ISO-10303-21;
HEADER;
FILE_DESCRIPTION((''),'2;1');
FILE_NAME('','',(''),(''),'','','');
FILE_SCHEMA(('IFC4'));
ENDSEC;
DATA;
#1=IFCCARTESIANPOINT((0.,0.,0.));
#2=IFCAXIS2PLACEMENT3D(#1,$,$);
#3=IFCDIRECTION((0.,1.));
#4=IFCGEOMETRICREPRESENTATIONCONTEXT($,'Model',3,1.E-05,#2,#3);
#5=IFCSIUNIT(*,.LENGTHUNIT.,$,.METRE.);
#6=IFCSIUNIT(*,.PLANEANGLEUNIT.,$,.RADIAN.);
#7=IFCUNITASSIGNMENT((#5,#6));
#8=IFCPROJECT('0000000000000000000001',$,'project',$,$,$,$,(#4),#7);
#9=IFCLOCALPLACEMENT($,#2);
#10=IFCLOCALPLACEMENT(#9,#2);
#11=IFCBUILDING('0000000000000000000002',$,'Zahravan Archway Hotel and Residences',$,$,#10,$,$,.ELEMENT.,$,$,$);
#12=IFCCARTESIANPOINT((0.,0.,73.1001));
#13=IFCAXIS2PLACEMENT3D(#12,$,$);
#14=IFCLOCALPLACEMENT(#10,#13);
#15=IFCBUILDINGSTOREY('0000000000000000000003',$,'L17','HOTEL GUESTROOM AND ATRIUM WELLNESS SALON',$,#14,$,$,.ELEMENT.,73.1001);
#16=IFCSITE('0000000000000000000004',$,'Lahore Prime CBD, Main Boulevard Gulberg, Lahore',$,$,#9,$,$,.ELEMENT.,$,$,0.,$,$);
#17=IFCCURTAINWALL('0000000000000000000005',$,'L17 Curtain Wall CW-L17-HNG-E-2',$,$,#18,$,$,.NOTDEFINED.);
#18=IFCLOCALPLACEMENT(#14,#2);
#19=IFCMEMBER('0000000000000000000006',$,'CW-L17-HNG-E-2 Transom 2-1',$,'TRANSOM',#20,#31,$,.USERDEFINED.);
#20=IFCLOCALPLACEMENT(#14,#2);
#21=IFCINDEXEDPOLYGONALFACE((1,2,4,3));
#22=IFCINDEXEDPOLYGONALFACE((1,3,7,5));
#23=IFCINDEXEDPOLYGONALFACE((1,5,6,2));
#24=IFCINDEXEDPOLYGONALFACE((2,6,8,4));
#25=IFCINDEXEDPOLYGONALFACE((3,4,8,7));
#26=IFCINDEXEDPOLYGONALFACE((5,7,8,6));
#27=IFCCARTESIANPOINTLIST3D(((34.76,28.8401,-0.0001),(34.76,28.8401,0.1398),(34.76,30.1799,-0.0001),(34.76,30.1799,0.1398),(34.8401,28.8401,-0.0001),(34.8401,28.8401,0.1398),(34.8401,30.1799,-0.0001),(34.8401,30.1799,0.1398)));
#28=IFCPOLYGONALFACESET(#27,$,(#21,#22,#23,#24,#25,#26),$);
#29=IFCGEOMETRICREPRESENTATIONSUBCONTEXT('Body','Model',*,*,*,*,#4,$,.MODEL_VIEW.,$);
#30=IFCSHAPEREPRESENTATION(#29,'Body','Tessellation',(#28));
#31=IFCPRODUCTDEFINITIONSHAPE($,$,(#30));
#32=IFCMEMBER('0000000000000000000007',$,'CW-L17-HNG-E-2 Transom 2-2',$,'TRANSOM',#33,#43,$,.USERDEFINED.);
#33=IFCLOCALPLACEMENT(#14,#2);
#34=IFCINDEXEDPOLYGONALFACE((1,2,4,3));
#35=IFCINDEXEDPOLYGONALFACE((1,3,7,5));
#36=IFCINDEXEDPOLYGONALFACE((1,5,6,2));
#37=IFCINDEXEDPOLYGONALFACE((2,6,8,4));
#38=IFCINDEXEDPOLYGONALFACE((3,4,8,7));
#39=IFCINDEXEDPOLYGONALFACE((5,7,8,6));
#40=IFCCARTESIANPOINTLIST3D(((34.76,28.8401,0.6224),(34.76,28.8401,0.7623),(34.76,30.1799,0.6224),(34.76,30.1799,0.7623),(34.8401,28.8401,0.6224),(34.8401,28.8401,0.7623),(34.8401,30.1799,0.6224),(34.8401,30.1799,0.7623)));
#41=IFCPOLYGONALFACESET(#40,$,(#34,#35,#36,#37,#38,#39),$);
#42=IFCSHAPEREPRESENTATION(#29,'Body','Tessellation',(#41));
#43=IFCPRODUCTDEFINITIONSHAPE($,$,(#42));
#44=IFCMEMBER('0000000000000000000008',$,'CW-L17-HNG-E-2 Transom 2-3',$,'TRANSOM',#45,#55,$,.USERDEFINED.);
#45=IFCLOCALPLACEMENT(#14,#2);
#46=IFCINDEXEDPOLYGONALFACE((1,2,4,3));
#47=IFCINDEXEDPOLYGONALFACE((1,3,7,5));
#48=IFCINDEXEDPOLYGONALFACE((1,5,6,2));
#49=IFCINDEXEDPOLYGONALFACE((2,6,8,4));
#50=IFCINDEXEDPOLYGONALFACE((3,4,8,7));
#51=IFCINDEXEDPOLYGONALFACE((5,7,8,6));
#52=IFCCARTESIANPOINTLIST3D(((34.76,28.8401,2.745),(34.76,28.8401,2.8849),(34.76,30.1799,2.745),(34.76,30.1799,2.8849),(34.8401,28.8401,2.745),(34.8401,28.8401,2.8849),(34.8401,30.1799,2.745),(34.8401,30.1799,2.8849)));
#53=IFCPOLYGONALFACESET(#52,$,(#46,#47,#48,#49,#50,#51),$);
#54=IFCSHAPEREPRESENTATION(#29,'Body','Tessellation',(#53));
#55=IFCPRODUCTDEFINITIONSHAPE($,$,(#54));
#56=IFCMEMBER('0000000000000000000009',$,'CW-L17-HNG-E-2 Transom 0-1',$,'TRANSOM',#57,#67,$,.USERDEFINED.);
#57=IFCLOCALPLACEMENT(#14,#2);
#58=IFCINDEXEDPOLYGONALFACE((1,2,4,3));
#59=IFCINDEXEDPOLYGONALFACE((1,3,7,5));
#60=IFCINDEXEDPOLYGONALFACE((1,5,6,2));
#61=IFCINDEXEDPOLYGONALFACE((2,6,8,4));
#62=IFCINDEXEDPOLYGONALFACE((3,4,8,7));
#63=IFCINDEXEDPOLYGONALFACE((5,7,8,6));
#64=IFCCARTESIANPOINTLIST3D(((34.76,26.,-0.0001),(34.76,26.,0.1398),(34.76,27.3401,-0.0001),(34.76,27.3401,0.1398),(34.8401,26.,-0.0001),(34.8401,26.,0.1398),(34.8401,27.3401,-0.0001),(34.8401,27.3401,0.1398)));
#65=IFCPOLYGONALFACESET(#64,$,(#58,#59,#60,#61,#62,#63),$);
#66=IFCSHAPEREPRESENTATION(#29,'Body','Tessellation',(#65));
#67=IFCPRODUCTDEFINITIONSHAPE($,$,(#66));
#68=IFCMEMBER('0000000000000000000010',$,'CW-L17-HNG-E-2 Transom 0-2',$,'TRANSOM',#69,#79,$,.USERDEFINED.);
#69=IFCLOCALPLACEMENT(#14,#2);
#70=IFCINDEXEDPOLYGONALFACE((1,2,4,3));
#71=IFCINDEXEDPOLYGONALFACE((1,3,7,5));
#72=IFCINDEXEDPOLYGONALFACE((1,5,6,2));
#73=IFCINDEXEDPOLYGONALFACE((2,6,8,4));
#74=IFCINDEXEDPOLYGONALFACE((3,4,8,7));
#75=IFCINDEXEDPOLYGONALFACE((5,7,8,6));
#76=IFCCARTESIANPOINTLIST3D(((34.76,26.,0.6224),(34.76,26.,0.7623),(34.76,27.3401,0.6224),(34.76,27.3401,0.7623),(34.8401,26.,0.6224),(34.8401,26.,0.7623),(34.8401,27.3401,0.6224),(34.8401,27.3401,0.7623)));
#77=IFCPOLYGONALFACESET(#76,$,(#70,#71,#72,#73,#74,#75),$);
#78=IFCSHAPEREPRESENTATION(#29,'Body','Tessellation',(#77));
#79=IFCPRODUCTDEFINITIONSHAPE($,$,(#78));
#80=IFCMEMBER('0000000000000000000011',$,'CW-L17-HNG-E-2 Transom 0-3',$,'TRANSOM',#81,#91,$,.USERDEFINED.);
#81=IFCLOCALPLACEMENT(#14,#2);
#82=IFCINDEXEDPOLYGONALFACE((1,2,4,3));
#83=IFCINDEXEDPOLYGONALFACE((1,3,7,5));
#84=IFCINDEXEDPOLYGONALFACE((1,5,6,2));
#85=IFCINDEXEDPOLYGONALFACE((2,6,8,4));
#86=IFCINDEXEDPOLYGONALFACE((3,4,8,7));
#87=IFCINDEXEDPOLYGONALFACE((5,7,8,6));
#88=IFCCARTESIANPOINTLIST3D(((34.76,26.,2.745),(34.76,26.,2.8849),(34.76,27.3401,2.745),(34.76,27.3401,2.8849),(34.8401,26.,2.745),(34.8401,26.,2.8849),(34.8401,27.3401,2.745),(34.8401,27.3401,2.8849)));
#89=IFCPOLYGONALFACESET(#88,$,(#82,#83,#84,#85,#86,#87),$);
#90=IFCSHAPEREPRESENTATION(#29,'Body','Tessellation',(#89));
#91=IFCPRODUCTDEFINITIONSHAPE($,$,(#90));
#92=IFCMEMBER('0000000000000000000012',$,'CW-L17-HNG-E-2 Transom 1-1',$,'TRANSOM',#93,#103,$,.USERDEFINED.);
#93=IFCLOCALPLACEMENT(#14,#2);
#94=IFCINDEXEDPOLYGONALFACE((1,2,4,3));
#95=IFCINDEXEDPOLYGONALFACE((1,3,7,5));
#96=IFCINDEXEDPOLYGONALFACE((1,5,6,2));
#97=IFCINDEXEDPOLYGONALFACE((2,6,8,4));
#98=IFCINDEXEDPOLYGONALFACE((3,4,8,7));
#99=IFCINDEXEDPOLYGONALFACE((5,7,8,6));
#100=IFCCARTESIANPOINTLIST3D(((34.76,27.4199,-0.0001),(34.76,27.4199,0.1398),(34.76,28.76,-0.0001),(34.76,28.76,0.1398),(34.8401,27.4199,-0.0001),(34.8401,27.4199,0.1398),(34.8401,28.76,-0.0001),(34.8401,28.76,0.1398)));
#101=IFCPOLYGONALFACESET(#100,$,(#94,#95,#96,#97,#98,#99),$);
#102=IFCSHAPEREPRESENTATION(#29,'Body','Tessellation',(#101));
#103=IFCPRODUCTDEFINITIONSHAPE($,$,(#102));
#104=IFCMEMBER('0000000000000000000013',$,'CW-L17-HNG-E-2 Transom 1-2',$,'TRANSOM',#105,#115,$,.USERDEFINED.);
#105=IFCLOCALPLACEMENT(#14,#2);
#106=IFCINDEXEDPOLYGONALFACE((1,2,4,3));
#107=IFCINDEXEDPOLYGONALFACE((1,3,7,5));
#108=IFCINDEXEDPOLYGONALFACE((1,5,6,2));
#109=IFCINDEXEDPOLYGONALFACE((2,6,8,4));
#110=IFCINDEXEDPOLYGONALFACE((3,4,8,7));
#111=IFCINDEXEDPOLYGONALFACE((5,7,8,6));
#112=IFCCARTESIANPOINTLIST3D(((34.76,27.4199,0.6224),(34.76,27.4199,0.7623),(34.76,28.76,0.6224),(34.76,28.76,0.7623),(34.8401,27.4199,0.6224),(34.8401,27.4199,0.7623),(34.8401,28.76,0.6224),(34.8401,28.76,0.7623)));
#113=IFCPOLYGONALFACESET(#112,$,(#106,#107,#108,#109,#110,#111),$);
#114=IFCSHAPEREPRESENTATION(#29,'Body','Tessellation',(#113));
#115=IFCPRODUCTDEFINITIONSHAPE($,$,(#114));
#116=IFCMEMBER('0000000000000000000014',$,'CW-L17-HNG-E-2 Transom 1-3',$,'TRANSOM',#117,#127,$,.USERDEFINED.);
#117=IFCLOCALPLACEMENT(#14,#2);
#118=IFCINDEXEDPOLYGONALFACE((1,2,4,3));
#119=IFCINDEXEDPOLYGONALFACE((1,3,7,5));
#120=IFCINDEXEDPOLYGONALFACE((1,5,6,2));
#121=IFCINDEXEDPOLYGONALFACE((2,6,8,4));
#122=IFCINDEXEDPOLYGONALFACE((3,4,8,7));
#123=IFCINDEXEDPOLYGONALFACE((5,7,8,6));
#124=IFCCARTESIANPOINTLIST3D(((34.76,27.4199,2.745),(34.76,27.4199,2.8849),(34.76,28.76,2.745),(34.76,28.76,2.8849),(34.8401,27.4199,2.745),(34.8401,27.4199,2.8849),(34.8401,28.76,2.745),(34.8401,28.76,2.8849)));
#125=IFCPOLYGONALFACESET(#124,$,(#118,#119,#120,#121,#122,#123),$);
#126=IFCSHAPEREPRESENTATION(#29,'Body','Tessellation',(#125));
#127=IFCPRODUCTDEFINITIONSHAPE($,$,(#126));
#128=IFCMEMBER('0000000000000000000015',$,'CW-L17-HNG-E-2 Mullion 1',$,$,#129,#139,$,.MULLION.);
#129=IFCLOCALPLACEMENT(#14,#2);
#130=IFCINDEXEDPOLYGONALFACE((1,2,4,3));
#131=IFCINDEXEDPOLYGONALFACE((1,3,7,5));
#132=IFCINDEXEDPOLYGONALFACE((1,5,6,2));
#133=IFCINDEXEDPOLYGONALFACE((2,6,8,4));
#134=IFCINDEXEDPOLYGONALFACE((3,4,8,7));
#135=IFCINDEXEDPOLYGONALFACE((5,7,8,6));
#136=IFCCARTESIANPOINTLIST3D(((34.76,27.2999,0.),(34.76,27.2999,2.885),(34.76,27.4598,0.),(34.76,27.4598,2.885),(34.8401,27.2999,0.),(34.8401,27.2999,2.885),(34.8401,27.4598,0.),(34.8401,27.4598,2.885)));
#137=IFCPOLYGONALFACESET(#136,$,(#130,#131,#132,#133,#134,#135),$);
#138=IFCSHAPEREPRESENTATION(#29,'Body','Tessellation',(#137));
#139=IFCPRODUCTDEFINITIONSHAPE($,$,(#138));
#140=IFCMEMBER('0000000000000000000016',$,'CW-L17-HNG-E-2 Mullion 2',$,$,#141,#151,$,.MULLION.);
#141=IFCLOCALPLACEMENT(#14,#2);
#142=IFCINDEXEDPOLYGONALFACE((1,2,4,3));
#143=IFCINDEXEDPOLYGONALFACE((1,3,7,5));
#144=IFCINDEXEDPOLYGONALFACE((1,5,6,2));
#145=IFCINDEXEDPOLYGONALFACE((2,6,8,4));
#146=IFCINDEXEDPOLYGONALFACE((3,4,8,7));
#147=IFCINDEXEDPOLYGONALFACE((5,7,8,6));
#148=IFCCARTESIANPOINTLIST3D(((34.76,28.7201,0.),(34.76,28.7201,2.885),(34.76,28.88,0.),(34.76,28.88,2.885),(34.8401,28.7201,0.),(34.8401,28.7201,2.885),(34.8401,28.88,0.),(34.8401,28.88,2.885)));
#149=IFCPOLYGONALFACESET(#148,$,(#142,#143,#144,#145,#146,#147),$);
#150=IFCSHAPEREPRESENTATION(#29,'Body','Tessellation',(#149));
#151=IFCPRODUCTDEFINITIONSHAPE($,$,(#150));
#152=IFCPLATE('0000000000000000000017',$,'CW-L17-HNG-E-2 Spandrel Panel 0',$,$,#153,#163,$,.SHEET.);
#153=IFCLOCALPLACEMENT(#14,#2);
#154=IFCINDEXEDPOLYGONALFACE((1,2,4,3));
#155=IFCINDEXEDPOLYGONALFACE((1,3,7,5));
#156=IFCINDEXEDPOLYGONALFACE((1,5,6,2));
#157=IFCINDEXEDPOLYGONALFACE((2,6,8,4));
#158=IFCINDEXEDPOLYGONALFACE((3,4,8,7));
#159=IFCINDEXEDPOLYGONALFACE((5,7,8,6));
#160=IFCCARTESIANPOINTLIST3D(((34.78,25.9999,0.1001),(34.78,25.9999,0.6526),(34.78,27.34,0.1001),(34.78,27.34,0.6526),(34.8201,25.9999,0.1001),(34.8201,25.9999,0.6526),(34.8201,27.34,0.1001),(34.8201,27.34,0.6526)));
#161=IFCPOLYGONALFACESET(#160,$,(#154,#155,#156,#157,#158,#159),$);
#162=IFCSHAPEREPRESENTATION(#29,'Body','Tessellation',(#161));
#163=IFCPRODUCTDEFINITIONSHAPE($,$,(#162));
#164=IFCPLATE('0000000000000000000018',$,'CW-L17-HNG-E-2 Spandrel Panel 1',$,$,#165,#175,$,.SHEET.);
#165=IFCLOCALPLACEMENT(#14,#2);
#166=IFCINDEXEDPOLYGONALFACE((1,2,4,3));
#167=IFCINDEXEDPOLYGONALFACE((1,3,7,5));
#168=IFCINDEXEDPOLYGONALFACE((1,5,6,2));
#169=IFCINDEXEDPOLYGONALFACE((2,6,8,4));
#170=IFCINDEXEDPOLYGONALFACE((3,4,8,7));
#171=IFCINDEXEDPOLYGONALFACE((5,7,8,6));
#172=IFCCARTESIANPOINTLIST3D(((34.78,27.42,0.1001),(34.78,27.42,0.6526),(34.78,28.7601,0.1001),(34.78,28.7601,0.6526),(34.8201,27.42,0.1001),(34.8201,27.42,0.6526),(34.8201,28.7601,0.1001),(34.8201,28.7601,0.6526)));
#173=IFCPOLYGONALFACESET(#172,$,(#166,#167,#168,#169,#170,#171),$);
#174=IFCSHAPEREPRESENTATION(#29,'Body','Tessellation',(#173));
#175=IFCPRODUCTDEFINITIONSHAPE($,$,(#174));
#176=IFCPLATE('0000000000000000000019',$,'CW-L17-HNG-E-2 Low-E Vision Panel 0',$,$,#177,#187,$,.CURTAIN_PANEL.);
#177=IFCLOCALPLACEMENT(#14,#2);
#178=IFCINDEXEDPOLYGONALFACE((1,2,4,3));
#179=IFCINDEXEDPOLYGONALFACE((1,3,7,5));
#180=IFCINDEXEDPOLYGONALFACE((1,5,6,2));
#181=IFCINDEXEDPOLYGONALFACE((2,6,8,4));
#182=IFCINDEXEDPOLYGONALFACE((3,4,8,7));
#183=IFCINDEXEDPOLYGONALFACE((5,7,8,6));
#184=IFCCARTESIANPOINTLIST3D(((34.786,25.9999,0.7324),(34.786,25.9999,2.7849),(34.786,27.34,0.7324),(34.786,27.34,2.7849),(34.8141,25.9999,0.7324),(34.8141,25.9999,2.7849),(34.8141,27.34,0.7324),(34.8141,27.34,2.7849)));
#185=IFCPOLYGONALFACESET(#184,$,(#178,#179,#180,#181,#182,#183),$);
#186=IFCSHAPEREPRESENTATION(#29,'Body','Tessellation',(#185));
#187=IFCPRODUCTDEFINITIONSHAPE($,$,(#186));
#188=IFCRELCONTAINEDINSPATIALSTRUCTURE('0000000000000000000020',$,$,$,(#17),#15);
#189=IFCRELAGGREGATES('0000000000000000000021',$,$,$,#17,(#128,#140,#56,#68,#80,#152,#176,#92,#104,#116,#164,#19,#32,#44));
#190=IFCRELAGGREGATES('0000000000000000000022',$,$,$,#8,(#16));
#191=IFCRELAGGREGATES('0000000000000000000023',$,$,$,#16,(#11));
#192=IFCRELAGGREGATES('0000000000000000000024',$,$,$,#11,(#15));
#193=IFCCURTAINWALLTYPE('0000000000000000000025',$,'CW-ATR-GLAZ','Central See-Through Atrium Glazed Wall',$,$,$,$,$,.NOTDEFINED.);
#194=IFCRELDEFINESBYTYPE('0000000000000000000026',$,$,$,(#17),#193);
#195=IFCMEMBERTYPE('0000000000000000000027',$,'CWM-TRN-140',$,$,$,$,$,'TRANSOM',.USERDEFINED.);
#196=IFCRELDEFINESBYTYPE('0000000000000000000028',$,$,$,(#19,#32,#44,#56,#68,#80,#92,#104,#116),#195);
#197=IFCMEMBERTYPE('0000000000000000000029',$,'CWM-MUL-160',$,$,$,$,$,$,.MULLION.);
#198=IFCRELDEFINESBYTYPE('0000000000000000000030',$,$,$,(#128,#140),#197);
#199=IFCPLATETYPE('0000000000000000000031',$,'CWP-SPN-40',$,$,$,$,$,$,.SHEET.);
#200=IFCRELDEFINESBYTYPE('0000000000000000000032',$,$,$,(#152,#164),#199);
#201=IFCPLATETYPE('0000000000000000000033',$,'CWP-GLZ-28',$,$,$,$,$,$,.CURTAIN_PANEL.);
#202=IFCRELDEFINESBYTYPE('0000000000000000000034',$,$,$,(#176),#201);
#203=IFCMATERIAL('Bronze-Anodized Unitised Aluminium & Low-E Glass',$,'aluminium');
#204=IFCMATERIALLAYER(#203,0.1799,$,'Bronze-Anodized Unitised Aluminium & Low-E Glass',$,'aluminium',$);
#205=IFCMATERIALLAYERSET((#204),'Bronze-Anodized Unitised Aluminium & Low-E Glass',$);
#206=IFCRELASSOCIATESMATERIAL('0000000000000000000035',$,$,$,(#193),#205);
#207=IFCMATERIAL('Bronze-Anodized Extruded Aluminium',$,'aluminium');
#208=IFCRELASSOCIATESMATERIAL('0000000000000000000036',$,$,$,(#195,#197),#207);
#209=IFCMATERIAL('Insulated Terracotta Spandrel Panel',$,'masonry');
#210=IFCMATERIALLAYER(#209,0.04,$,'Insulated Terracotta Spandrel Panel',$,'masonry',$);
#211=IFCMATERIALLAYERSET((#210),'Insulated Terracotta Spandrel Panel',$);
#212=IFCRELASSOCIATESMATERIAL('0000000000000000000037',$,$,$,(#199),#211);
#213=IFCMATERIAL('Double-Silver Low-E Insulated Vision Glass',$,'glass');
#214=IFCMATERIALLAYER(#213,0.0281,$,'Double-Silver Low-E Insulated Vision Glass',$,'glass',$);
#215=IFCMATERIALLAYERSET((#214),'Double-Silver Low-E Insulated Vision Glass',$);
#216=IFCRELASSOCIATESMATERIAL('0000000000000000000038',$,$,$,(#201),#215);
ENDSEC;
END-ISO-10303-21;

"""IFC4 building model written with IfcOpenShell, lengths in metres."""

from ifc_helpers import new_model, si_unit, direction, frame, origin, origin_2d, place, context, subcontext, project, spatial, rectangle, extrude, source, transform, mapped, material, layer, layer_set, material_profile, profile_set, type_object, element, aggregate, save


model = new_model("IFC4")

# Units and contexts
model_context = context("Model", 3, precision=1e-05, world=origin(), true_north=direction((0.0, 1.0)))
body_context = subcontext(model_context, "Body", "Model", "MODEL_VIEW")
ifc_project = project(units=[si_unit("LENGTHUNIT", "METRE"), si_unit("PLANEANGLEUNIT", "RADIAN")], contexts=[model_context])

# Site, building, storey
site_placement = place(None, origin())
site = spatial("IfcSite", under=ifc_project, at=site_placement, Name="Lahore Prime CBD, Main Boulevard Gulberg, Lahore", CompositionType="ELEMENT", RefElevation=0.0)
building_placement = place(site_placement, origin())
building = spatial("IfcBuilding", under=site, at=building_placement, Name="Zahravan Archway Hotel and Residences", CompositionType="ELEMENT")
storey_placement = place(building_placement, frame((0.0, 0.0, 73.1001)))
storey = spatial("IfcBuildingStorey", under=building, at=storey_placement, Name="L17", Description="HOTEL GUESTROOM AND ATRIUM WELLNESS SALON", CompositionType="ELEMENT", Elevation=73.1001)

# Curtain wall, members, plates
ifc_material_1 = material(Name="Bronze-Anodized Unitised Aluminium & Low-E Glass", Category="aluminium")
ifc_layer_1 = layer(ifc_material_1, 0.1799, Name="Bronze-Anodized Unitised Aluminium & Low-E Glass", Category="aluminium")
ifc_layer_set_1 = layer_set([ifc_layer_1], Name="Bronze-Anodized Unitised Aluminium & Low-E Glass")
curtain_wall_type = type_object("IfcCurtainWallType", Name="CW-ATR-GLAZ", Description="Central See-Through Atrium Glazed Wall", PredefinedType="NOTDEFINED", material=ifc_layer_set_1)
curtain_wall_placement = place(storey_placement, origin())
curtain_wall = element("IfcCurtainWall", 1, at=curtain_wall_placement, inside=storey, type_object=curtain_wall_type, Name="L17 Curtain Wall CW-L17-HNG-E-2", PredefinedType="NOTDEFINED")
ifc_material_2 = material(Name="Bronze-Anodized Extruded Aluminium", Category="aluminium")
ifc_material_profile_1 = material_profile(ifc_material_2, rectangle(XDim=0.0801, YDim=0.1399, at=origin_2d()), Name="TRN 80x140", Category="aluminium")
ifc_profile_set_1 = profile_set([ifc_material_profile_1], Name="Bronze-Anodized Extruded Aluminium")
member_type_1 = type_object("IfcMemberType", Name="CWM-TRN-140", ElementType="TRANSOM", PredefinedType="USERDEFINED", material=ifc_profile_set_1)
shared_shape_1 = source(origin(), body_context, "Body", "SweptSolid", [
    extrude(rectangle(XDim=0.0801, YDim=0.1399, at=origin_2d()), origin(), (0.0, 0.0, 1.0), 1.3398),
])
member_1_placement = place(storey_placement, frame((34.8, 28.8401, 0.0698), z_axis=(0.0, 1.0, 0.0), x_axis=(-1.0, 0.0, 0.0)))
member_1 = element("IfcMember", 2, at=member_1_placement, type_object=member_type_1, Name="CW-L17-HNG-E-2 Transom 2-1", ObjectType="TRANSOM", PredefinedType="USERDEFINED", context=body_context, shape_type="MappedRepresentation", body=[
    mapped(shared_shape_1, transform((0.0, 0.0, 0.0), scale=1.0)),
])
member_2_placement = place(storey_placement, frame((34.8, 28.8401, 0.6924), z_axis=(0.0, 1.0, 0.0), x_axis=(-1.0, 0.0, 0.0)))
member_2 = element("IfcMember", 3, at=member_2_placement, type_object=member_type_1, Name="CW-L17-HNG-E-2 Transom 2-2", ObjectType="TRANSOM", PredefinedType="USERDEFINED", context=body_context, shape_type="MappedRepresentation", body=[
    mapped(shared_shape_1, transform((0.0, 0.0, 0.0), scale=1.0)),
])
member_3_placement = place(storey_placement, frame((34.8, 28.8401, 2.8149), z_axis=(0.0, 1.0, 0.0), x_axis=(-1.0, 0.0, 0.0)))
member_3 = element("IfcMember", 4, at=member_3_placement, type_object=member_type_1, Name="CW-L17-HNG-E-2 Transom 2-3", ObjectType="TRANSOM", PredefinedType="USERDEFINED", context=body_context, shape_type="MappedRepresentation", body=[
    mapped(shared_shape_1, transform((0.0, 0.0, 0.0), scale=1.0)),
])
shared_shape_2 = source(origin(), body_context, "Body", "SweptSolid", [
    extrude(rectangle(XDim=0.0801, YDim=0.1399, at=origin_2d()), origin(), (0.0, 0.0, 1.0), 1.3401),
])
member_4_placement = place(storey_placement, frame((34.8, 26.0, 0.0698), z_axis=(0.0, 1.0, 0.0), x_axis=(-1.0, 0.0, 0.0)))
member_4 = element("IfcMember", 5, at=member_4_placement, type_object=member_type_1, Name="CW-L17-HNG-E-2 Transom 0-1", ObjectType="TRANSOM", PredefinedType="USERDEFINED", context=body_context, shape_type="MappedRepresentation", body=[
    mapped(shared_shape_2, transform((0.0, 0.0, 0.0), scale=1.0)),
])
member_5_placement = place(storey_placement, frame((34.8, 26.0, 0.6924), z_axis=(0.0, 1.0, 0.0), x_axis=(-1.0, 0.0, 0.0)))
member_5 = element("IfcMember", 6, at=member_5_placement, type_object=member_type_1, Name="CW-L17-HNG-E-2 Transom 0-2", ObjectType="TRANSOM", PredefinedType="USERDEFINED", context=body_context, shape_type="MappedRepresentation", body=[
    mapped(shared_shape_2, transform((0.0, 0.0, 0.0), scale=1.0)),
])
member_6_placement = place(storey_placement, frame((34.8, 26.0, 2.8149), z_axis=(0.0, 1.0, 0.0), x_axis=(-1.0, 0.0, 0.0)))
member_6 = element("IfcMember", 7, at=member_6_placement, type_object=member_type_1, Name="CW-L17-HNG-E-2 Transom 0-3", ObjectType="TRANSOM", PredefinedType="USERDEFINED", context=body_context, shape_type="MappedRepresentation", body=[
    mapped(shared_shape_2, transform((0.0, 0.0, 0.0), scale=1.0)),
])
member_7_placement = place(storey_placement, frame((34.8, 27.4199, 0.0698), z_axis=(0.0, 1.0, 0.0), x_axis=(-1.0, 0.0, 0.0)))
member_7 = element("IfcMember", 8, at=member_7_placement, type_object=member_type_1, Name="CW-L17-HNG-E-2 Transom 1-1", ObjectType="TRANSOM", PredefinedType="USERDEFINED", context=body_context, shape_type="MappedRepresentation", body=[
    mapped(shared_shape_2, transform((0.0, 0.0, 0.0), scale=1.0)),
])
member_8_placement = place(storey_placement, frame((34.8, 27.4199, 0.6924), z_axis=(0.0, 1.0, 0.0), x_axis=(-1.0, 0.0, 0.0)))
member_8 = element("IfcMember", 9, at=member_8_placement, type_object=member_type_1, Name="CW-L17-HNG-E-2 Transom 1-2", ObjectType="TRANSOM", PredefinedType="USERDEFINED", context=body_context, shape_type="MappedRepresentation", body=[
    mapped(shared_shape_2, transform((0.0, 0.0, 0.0), scale=1.0)),
])
member_9_placement = place(storey_placement, frame((34.8, 27.4199, 2.8149), z_axis=(0.0, 1.0, 0.0), x_axis=(-1.0, 0.0, 0.0)))
member_9 = element("IfcMember", 10, at=member_9_placement, type_object=member_type_1, Name="CW-L17-HNG-E-2 Transom 1-3", ObjectType="TRANSOM", PredefinedType="USERDEFINED", context=body_context, shape_type="MappedRepresentation", body=[
    mapped(shared_shape_2, transform((0.0, 0.0, 0.0), scale=1.0)),
])
ifc_material_profile_2 = material_profile(ifc_material_2, rectangle(XDim=0.0801, YDim=0.1599, at=origin_2d()), Name="MUL 80x160", Category="aluminium")
ifc_profile_set_2 = profile_set([ifc_material_profile_2], Name="Bronze-Anodized Extruded Aluminium")
member_type_2 = type_object("IfcMemberType", Name="CWM-MUL-160", PredefinedType="MULLION", material=ifc_profile_set_2)
shared_shape_3 = source(origin(), body_context, "Body", "SweptSolid", [
    extrude(rectangle(XDim=0.0801, YDim=0.1599, at=origin_2d()), origin(), (0.0, 0.0, 1.0), 2.885),
])
member_10_placement = place(storey_placement, frame((34.8, 27.3799, 0.0), z_axis=(0.0, 0.0, 1.0), x_axis=(1.0, 0.0, 0.0)))
member_10 = element("IfcMember", 11, at=member_10_placement, type_object=member_type_2, Name="CW-L17-HNG-E-2 Mullion 1", PredefinedType="MULLION", context=body_context, shape_type="MappedRepresentation", body=[
    mapped(shared_shape_3, transform((0.0, 0.0, 0.0), scale=1.0)),
])
member_11_placement = place(storey_placement, frame((34.8, 28.8, 0.0), z_axis=(0.0, 0.0, 1.0), x_axis=(1.0, 0.0, 0.0)))
member_11 = element("IfcMember", 12, at=member_11_placement, type_object=member_type_2, Name="CW-L17-HNG-E-2 Mullion 2", PredefinedType="MULLION", context=body_context, shape_type="MappedRepresentation", body=[
    mapped(shared_shape_3, transform((0.0, 0.0, 0.0), scale=1.0)),
])
ifc_material_3 = material(Name="Insulated Terracotta Spandrel Panel", Category="masonry")
ifc_layer_2 = layer(ifc_material_3, 0.04, Name="Insulated Terracotta Spandrel Panel", Category="masonry")
ifc_layer_set_2 = layer_set([ifc_layer_2], Name="Insulated Terracotta Spandrel Panel")
plate_type_1 = type_object("IfcPlateType", Name="CWP-SPN-40", PredefinedType="SHEET", material=ifc_layer_set_2)
shared_shape_4 = source(origin(), body_context, "Body", "SweptSolid", [
    extrude(rectangle(XDim=1.3401, YDim=0.04, at=origin_2d()), origin(), (0.0, 0.0, 1.0), 0.5525),
])
plate_1_placement = place(storey_placement, frame((34.8, 26.6699, 0.1001), z_axis=(0.0, 0.0, 1.0), x_axis=(0.0, 1.0, 0.0)))
plate_1 = element("IfcPlate", 13, at=plate_1_placement, type_object=plate_type_1, Name="CW-L17-HNG-E-2 Spandrel Panel 0", PredefinedType="SHEET", context=body_context, shape_type="MappedRepresentation", body=[
    mapped(shared_shape_4, transform((0.0, 0.0, 0.0), scale=1.0)),
])
plate_2_placement = place(storey_placement, frame((34.8, 28.0901, 0.1001), z_axis=(0.0, 0.0, 1.0), x_axis=(0.0, 1.0, 0.0)))
plate_2 = element("IfcPlate", 14, at=plate_2_placement, type_object=plate_type_1, Name="CW-L17-HNG-E-2 Spandrel Panel 1", PredefinedType="SHEET", context=body_context, shape_type="MappedRepresentation", body=[
    mapped(shared_shape_4, transform((0.0, 0.0, 0.0), scale=1.0)),
])
ifc_material_4 = material(Name="Double-Silver Low-E Insulated Vision Glass", Category="glass")
ifc_layer_3 = layer(ifc_material_4, 0.0281, Name="Double-Silver Low-E Insulated Vision Glass", Category="glass")
ifc_layer_set_3 = layer_set([ifc_layer_3], Name="Double-Silver Low-E Insulated Vision Glass")
plate_type_2 = type_object("IfcPlateType", Name="CWP-GLZ-28", PredefinedType="CURTAIN_PANEL", material=ifc_layer_set_3)
shared_shape_5 = source(origin(), body_context, "Body", "SweptSolid", [
    extrude(rectangle(XDim=1.3401, YDim=0.0281, at=origin_2d()), origin(), (0.0, 0.0, 1.0), 2.0525),
])
plate_3_placement = place(storey_placement, frame((34.8, 26.6699, 0.7324), z_axis=(0.0, 0.0, 1.0), x_axis=(0.0, 1.0, 0.0)))
plate_3 = element("IfcPlate", 15, at=plate_3_placement, type_object=plate_type_2, Name="CW-L17-HNG-E-2 Low-E Vision Panel 0", PredefinedType="CURTAIN_PANEL", context=body_context, shape_type="MappedRepresentation", body=[
    mapped(shared_shape_5, transform((0.0, 0.0, 0.0), scale=1.0)),
])
aggregate(curtain_wall, [member_10, member_11, member_4, member_5, member_6, plate_1, plate_3, member_7, member_8, member_9, plate_2, member_1, member_2, member_3])

save(model, "model.ifc")
